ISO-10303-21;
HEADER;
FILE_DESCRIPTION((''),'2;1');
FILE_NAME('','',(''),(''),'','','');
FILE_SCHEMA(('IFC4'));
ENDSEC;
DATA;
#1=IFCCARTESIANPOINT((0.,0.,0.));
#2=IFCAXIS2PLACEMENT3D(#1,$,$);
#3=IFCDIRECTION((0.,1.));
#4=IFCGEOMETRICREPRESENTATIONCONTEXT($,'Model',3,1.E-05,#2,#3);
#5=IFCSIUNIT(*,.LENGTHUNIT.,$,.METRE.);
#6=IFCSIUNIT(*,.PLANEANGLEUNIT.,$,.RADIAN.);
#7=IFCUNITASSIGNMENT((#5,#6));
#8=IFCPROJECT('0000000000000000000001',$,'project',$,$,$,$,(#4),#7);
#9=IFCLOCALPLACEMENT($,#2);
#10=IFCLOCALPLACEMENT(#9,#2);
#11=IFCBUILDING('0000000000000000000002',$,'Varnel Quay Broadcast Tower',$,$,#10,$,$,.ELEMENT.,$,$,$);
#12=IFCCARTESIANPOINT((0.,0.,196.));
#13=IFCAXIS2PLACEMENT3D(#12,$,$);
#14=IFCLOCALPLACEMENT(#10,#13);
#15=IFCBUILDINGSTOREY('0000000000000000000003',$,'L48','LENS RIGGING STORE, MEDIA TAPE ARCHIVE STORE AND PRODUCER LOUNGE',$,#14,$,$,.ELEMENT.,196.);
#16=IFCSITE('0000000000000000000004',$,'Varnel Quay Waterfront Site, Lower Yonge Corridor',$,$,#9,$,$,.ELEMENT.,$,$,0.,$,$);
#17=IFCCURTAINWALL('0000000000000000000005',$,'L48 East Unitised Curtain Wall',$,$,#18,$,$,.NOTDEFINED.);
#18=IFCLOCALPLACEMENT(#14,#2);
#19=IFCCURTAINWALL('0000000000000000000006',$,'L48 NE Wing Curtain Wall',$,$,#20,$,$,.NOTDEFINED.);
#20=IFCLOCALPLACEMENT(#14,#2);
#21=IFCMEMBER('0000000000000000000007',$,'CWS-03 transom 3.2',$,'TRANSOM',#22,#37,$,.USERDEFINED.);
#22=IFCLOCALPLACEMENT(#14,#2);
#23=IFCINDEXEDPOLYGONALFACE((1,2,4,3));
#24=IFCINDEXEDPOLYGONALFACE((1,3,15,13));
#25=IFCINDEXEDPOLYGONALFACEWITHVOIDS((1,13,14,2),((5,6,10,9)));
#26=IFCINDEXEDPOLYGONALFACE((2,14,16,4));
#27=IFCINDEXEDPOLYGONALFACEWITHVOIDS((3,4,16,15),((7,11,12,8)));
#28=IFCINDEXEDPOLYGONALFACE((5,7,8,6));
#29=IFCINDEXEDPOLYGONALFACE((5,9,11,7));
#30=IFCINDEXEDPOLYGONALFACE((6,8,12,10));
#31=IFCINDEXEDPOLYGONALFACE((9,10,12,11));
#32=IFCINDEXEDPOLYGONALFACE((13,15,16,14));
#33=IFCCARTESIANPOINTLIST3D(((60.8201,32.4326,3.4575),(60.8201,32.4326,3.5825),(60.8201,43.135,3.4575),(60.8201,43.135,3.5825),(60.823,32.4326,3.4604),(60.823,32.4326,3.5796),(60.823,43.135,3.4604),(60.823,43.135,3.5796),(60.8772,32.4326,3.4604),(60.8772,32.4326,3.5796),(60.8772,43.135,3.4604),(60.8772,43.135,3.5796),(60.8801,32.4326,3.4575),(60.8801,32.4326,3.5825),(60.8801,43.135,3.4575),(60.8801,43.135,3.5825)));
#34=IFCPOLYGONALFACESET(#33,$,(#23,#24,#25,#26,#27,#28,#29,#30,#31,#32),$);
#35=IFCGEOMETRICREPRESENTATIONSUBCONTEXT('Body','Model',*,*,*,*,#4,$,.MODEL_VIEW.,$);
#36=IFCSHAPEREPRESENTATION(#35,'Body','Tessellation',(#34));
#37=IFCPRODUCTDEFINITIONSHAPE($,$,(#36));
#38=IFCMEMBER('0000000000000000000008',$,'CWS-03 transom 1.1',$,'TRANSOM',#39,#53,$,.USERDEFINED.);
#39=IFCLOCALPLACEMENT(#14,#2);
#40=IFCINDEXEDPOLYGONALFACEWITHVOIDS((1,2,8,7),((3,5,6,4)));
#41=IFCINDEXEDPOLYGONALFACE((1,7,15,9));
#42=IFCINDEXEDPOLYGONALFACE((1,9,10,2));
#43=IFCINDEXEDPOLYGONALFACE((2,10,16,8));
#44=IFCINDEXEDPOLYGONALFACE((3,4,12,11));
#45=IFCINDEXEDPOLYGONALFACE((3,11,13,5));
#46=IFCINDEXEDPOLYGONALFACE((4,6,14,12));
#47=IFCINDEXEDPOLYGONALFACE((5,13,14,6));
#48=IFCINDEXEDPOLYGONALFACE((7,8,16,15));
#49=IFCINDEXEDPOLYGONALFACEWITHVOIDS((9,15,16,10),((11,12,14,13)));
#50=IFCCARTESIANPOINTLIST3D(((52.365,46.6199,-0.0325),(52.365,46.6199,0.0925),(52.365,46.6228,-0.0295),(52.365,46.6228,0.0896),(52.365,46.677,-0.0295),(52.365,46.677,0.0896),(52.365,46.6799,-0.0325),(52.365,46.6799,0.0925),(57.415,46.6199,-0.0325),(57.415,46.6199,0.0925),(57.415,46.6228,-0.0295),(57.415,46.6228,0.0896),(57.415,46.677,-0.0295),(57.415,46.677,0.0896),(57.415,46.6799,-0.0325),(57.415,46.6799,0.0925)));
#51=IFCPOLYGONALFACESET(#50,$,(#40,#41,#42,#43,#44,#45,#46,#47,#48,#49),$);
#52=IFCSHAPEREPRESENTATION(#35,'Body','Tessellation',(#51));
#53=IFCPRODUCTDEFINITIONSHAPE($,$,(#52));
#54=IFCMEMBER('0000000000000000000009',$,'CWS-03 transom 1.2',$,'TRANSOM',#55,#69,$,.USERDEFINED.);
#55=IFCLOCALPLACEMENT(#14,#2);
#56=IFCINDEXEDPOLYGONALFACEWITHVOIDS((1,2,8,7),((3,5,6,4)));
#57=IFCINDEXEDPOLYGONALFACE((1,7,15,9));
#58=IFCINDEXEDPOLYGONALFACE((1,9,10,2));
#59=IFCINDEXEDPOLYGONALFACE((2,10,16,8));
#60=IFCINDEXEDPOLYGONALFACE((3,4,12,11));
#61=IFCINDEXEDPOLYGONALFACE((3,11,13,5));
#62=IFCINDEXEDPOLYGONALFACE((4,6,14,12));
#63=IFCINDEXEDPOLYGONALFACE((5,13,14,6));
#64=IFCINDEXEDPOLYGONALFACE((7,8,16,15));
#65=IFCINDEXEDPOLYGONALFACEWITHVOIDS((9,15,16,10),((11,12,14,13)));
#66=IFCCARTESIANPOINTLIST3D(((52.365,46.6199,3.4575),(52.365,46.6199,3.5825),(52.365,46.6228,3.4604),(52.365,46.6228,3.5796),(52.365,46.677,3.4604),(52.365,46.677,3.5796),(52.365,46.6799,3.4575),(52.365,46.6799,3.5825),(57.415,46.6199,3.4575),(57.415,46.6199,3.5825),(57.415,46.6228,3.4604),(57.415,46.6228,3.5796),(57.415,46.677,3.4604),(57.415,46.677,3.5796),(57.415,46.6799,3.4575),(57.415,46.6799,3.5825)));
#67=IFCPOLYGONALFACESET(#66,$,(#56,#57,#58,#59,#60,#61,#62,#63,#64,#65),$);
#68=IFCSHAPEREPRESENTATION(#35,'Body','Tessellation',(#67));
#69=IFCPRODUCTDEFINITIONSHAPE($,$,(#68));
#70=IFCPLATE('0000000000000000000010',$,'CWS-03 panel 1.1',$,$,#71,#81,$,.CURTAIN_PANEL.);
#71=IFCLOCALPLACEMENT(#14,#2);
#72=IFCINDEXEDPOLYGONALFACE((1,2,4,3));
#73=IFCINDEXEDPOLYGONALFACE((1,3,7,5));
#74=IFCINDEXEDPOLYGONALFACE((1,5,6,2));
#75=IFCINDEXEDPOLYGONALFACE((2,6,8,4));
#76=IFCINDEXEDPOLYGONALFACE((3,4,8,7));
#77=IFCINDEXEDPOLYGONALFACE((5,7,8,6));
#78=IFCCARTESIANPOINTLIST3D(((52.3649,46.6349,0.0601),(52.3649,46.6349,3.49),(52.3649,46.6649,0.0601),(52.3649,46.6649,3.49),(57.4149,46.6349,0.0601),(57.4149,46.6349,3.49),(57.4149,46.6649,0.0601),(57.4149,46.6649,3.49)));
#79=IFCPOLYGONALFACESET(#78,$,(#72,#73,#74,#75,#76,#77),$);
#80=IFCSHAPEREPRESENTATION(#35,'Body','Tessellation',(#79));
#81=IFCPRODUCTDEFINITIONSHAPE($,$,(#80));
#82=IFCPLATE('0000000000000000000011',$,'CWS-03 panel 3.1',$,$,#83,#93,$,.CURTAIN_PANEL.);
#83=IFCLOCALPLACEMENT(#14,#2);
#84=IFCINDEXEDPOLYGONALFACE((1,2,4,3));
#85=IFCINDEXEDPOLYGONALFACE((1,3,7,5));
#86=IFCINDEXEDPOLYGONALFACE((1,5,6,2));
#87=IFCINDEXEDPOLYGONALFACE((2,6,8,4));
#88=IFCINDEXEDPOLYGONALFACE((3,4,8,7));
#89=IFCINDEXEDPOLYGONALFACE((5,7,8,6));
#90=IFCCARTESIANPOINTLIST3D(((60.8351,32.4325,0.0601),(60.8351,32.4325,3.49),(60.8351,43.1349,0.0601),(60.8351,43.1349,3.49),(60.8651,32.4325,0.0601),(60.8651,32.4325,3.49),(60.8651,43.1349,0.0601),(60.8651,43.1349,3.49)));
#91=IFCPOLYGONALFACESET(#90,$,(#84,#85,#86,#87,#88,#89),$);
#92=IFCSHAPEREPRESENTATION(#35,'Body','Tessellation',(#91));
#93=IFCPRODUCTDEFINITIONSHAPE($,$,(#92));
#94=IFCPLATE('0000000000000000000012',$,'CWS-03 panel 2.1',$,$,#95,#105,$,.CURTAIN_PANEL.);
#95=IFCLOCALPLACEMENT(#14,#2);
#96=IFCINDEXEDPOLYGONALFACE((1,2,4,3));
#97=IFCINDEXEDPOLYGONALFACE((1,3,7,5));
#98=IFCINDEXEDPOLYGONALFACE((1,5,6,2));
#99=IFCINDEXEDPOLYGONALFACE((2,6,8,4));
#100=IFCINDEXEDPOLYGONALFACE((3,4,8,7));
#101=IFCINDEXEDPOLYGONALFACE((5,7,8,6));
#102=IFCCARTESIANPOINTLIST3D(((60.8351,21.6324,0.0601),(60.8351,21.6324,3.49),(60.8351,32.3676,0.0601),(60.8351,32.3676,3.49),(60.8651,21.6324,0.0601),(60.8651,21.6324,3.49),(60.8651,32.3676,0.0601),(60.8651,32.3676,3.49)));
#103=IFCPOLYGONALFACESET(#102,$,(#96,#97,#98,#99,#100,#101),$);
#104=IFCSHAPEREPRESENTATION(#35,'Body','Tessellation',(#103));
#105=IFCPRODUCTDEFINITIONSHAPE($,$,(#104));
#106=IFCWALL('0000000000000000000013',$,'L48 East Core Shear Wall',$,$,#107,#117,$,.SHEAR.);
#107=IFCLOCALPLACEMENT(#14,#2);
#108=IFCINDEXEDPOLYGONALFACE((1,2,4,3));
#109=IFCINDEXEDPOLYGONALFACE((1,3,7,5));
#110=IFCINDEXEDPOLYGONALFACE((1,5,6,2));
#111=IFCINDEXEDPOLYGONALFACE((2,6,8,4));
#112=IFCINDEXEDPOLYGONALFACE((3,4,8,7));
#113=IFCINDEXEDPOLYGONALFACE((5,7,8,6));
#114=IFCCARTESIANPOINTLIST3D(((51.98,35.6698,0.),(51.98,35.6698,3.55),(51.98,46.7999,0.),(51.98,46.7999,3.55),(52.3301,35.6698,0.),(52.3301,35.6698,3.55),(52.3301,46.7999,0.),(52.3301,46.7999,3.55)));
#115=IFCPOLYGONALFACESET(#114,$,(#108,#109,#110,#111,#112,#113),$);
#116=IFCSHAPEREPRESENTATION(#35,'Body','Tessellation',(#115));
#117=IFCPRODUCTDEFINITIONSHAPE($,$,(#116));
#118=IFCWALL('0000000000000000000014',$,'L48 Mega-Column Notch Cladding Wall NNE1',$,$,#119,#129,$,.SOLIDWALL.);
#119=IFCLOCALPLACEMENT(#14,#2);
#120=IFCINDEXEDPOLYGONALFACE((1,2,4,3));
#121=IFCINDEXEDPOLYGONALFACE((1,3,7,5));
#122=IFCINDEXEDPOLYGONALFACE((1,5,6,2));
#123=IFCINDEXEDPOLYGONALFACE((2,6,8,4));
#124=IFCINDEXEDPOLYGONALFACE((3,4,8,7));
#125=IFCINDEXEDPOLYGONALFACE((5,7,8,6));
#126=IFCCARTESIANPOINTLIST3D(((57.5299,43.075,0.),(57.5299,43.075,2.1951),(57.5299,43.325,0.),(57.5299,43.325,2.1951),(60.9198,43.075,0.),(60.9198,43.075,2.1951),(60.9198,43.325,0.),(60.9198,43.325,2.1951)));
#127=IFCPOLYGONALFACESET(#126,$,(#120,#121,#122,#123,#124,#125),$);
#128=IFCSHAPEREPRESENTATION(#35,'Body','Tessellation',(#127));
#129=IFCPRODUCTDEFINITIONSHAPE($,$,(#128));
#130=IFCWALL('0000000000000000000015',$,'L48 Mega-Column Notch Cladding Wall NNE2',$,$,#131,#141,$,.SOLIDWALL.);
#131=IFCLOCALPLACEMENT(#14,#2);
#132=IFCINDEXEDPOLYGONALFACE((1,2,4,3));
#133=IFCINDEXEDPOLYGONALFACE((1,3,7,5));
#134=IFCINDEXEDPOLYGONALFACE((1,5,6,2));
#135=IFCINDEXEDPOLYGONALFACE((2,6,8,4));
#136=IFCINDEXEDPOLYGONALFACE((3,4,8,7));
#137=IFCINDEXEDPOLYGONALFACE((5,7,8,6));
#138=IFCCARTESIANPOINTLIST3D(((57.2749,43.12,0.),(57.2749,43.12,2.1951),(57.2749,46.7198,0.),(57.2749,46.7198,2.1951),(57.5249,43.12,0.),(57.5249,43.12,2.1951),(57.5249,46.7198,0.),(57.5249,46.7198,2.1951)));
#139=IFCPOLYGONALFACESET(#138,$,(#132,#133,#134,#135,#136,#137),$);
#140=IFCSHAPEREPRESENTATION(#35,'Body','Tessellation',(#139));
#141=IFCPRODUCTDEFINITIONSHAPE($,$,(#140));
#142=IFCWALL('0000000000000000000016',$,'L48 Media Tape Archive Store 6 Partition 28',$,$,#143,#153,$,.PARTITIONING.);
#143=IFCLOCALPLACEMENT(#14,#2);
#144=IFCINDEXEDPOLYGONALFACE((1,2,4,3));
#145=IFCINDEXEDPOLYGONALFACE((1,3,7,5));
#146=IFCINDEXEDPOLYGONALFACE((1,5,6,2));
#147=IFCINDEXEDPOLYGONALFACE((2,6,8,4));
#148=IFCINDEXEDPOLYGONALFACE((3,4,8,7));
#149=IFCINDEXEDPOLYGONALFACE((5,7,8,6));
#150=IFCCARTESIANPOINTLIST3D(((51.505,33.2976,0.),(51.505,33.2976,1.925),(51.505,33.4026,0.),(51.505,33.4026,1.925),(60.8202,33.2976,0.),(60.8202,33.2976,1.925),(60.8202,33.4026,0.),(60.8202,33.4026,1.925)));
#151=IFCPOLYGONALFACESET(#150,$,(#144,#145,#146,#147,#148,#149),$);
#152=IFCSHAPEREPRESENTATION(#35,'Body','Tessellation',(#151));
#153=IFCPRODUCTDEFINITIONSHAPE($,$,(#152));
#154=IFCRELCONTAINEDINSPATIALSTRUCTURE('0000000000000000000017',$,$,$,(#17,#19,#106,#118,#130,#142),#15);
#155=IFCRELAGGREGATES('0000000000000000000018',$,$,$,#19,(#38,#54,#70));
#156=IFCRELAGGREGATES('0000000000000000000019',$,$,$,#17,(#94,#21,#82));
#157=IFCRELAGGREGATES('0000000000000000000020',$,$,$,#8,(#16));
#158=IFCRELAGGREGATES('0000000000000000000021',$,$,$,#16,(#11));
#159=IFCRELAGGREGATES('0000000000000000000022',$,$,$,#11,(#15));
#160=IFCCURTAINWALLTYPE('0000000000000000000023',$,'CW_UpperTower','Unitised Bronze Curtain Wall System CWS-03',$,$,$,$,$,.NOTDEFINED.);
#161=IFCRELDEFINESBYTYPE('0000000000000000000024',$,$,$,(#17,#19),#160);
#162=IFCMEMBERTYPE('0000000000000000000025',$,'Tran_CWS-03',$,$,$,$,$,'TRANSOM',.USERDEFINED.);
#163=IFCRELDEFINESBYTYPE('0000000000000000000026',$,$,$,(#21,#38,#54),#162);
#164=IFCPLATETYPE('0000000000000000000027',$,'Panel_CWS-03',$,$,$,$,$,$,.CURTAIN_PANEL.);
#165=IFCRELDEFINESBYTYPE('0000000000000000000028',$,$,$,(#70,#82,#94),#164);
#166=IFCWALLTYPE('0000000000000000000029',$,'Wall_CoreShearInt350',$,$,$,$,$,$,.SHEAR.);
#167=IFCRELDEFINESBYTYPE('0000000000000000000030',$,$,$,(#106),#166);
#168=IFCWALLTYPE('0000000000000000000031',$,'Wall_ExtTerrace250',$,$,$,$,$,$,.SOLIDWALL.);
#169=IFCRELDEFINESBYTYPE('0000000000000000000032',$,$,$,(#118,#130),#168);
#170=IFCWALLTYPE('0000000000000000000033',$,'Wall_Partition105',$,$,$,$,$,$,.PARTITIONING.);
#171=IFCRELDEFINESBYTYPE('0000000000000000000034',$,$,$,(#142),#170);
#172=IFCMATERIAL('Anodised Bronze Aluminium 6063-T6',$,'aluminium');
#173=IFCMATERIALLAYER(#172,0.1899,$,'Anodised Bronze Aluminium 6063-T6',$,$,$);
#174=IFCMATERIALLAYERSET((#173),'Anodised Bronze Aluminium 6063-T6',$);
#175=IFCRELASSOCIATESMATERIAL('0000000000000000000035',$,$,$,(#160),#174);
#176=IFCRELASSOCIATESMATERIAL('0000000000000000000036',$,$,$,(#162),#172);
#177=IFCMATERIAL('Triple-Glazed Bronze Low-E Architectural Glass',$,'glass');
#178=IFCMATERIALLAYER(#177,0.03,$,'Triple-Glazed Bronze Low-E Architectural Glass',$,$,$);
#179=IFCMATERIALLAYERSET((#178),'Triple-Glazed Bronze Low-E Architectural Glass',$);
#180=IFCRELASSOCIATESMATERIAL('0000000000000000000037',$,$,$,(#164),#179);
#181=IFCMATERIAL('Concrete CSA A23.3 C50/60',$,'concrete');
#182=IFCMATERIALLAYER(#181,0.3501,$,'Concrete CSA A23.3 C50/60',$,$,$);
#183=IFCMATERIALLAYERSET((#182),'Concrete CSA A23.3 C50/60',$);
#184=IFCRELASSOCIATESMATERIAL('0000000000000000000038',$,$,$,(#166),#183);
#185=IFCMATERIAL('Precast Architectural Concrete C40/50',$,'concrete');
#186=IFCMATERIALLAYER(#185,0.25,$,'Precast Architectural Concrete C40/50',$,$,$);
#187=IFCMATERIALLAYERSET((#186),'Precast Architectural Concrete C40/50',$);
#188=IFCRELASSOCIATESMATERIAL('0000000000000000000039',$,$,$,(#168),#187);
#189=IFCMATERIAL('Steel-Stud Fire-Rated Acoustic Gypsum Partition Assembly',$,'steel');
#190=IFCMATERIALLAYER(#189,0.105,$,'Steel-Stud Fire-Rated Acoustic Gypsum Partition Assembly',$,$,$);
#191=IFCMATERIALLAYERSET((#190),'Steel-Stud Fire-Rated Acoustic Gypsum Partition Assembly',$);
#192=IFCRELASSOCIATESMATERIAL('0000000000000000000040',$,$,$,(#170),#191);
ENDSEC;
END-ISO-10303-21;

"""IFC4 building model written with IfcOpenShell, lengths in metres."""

from ifc_helpers import new_model, si_unit, direction, frame, frame_2d, origin, origin_2d, place, context, subcontext, project, spatial, rectangle, hollow_rectangle, extrude, source, transform, mapped, material, layer, layer_set, material_profile, profile_set, type_object, type_shapes, element, aggregate, save


model = new_model("IFC4")

# Units and contexts
model_context = context("Model", 3, precision=1e-05, world=origin(), true_north=direction((0.0, 1.0)))
body_context = subcontext(model_context, "Body", "Model", "MODEL_VIEW")
ifc_project = project(units=[si_unit("LENGTHUNIT", "METRE"), si_unit("PLANEANGLEUNIT", "RADIAN")], contexts=[model_context])

# Site, building, storey
site_placement = place(None, origin())
site = spatial("IfcSite", under=ifc_project, at=site_placement, Name="Varnel Quay Waterfront Site, Lower Yonge Corridor", CompositionType="ELEMENT", RefElevation=0.0)
building_placement = place(site_placement, origin())
building = spatial("IfcBuilding", under=site, at=building_placement, Name="Varnel Quay Broadcast Tower", CompositionType="ELEMENT")
storey_placement = place(building_placement, frame((0.0, 0.0, 196.0)))
storey = spatial("IfcBuildingStorey", under=building, at=storey_placement, Name="L48", Description="LENS RIGGING STORE, MEDIA TAPE ARCHIVE STORE AND PRODUCER LOUNGE", CompositionType="ELEMENT", Elevation=196.0)

# Curtain walls
ifc_material_1 = material(Name="Anodised Bronze Aluminium 6063-T6", Category="aluminium")
ifc_layer_1 = layer(ifc_material_1, 0.1899, Name="Anodised Bronze Aluminium 6063-T6")
ifc_layer_set_1 = layer_set([ifc_layer_1], Name="Anodised Bronze Aluminium 6063-T6")
curtain_wall_type = type_object("IfcCurtainWallType", Name="CW_UpperTower", Description="Unitised Bronze Curtain Wall System CWS-03", PredefinedType="NOTDEFINED", material=ifc_layer_set_1)
curtain_wall_1_placement = place(storey_placement, origin())
curtain_wall_1 = element("IfcCurtainWall", 1, at=curtain_wall_1_placement, inside=storey, type_object=curtain_wall_type, Name="L48 East Unitised Curtain Wall", PredefinedType="NOTDEFINED")
curtain_wall_2_placement = place(storey_placement, origin())
curtain_wall_2 = element("IfcCurtainWall", 2, at=curtain_wall_2_placement, inside=storey, type_object=curtain_wall_type, Name="L48 NE Wing Curtain Wall", PredefinedType="NOTDEFINED")

# Members
ifc_material_profile_1 = material_profile(ifc_material_1, hollow_rectangle(XDim=0.0601, YDim=0.125, WallThickness=0.0029, at=origin_2d()), Name="ALU60X125X3")
ifc_profile_set_1 = profile_set([ifc_material_profile_1], Name="Anodised Bronze Aluminium 6063-T6")
member_type_1 = type_object("IfcMemberType", Name="Tran_CWS-03", ElementType="TRANSOM", PredefinedType="USERDEFINED", material=ifc_profile_set_1)
shared_shape_1 = source(origin(), body_context, "Body", "SweptSolid", [
    extrude(hollow_rectangle(XDim=0.0601, YDim=0.125, WallThickness=0.0029, at=origin_2d()), origin(), (0.0, 0.0, 1.0), 10.7024),
])
member_1_placement = place(storey_placement, frame((60.8501, 32.4326, 3.52), z_axis=(0.0, 1.0, 0.0), x_axis=(-1.0, 0.0, 0.0)))
member_1 = element("IfcMember", 3, at=member_1_placement, type_object=member_type_1, Name="CWS-03 transom 3.2", ObjectType="TRANSOM", PredefinedType="USERDEFINED", context=body_context, shape_type="MappedRepresentation", body=[
    mapped(shared_shape_1, transform((0.0, 0.0, 0.0), x_axis=(1.0, 0.0, 0.0), y_axis=(0.0, 1.0, 0.0), z_axis=(0.0, 0.0, 1.0), scale=1.0)),
])
shared_shape_2 = source(origin(), body_context, "Body", "SweptSolid", [
    extrude(hollow_rectangle(XDim=0.0601, YDim=0.125, WallThickness=0.0029, at=origin_2d()), origin(), (0.0, 0.0, 1.0), 5.05),
])
type_shapes(member_type_1, [shared_shape_1, shared_shape_2])
member_2_placement = place(storey_placement, frame((52.365, 46.6499, 0.03), z_axis=(1.0, 0.0, 0.0), x_axis=(0.0, 1.0, 0.0)))
member_2 = element("IfcMember", 4, at=member_2_placement, type_object=member_type_1, Name="CWS-03 transom 1.1", ObjectType="TRANSOM", PredefinedType="USERDEFINED", context=body_context, shape_type="MappedRepresentation", body=[
    mapped(shared_shape_2, transform((0.0, 0.0, 0.0), x_axis=(1.0, 0.0, 0.0), y_axis=(0.0, 1.0, 0.0), z_axis=(0.0, 0.0, 1.0), scale=1.0)),
])
member_3_placement = place(storey_placement, frame((52.365, 46.6499, 3.52), z_axis=(1.0, 0.0, 0.0), x_axis=(0.0, 1.0, 0.0)))
member_3 = element("IfcMember", 5, at=member_3_placement, type_object=member_type_1, Name="CWS-03 transom 1.2", ObjectType="TRANSOM", PredefinedType="USERDEFINED", context=body_context, shape_type="MappedRepresentation", body=[
    mapped(shared_shape_2, transform((0.0, 0.0, 0.0), x_axis=(1.0, 0.0, 0.0), y_axis=(0.0, 1.0, 0.0), z_axis=(0.0, 0.0, 1.0), scale=1.0)),
])

# Plates
ifc_material_2 = material(Name="Triple-Glazed Bronze Low-E Architectural Glass", Category="glass")
ifc_layer_2 = layer(ifc_material_2, 0.03, Name="Triple-Glazed Bronze Low-E Architectural Glass")
ifc_layer_set_2 = layer_set([ifc_layer_2], Name="Triple-Glazed Bronze Low-E Architectural Glass")
plate_type = type_object("IfcPlateType", Name="Panel_CWS-03", PredefinedType="CURTAIN_PANEL", material=ifc_layer_set_2)
shared_shape_3 = source(origin(), body_context, "Body", "SweptSolid", [
    extrude(rectangle(XDim=5.05, YDim=0.03, at=origin_2d()), origin(), (0.0, 0.0, 1.0), 3.4299),
])
plate_1_placement = place(storey_placement, frame((54.8899, 46.6499, 0.0601), z_axis=(0.0, 0.0, 1.0), x_axis=(1.0, 0.0, 0.0)))
plate_1 = element("IfcPlate", 6, at=plate_1_placement, type_object=plate_type, Name="CWS-03 panel 1.1", PredefinedType="CURTAIN_PANEL", context=body_context, shape_type="MappedRepresentation", body=[
    mapped(shared_shape_3, transform((0.0, 0.0, 0.0), x_axis=(1.0, 0.0, 0.0), y_axis=(0.0, 1.0, 0.0), z_axis=(0.0, 0.0, 1.0), scale=1.0)),
])
aggregate(curtain_wall_2, [member_2, member_3, plate_1])
shared_shape_4 = source(origin(), body_context, "Body", "SweptSolid", [
    extrude(rectangle(XDim=10.7024, YDim=0.03, at=origin_2d()), origin(), (0.0, 0.0, 1.0), 3.4299),
])
plate_2_placement = place(storey_placement, frame((60.8501, 37.7837, 0.0601), z_axis=(0.0, 0.0, 1.0), x_axis=(0.0, 1.0, 0.0)))
plate_2 = element("IfcPlate", 7, at=plate_2_placement, type_object=plate_type, Name="CWS-03 panel 3.1", PredefinedType="CURTAIN_PANEL", context=body_context, shape_type="MappedRepresentation", body=[
    mapped(shared_shape_4, transform((0.0, 0.0, 0.0), x_axis=(1.0, 0.0, 0.0), y_axis=(0.0, 1.0, 0.0), z_axis=(0.0, 0.0, 1.0), scale=1.0)),
])
shared_shape_5 = source(origin(), body_context, "Body", "SweptSolid", [
    extrude(rectangle(XDim=10.7351, YDim=0.03, at=origin_2d()), origin(), (0.0, 0.0, 1.0), 3.4299),
])
type_shapes(plate_type, [shared_shape_3, shared_shape_4, shared_shape_5])
plate_3_placement = place(storey_placement, frame((60.8501, 27.0, 0.0601), z_axis=(0.0, 0.0, 1.0), x_axis=(0.0, 1.0, 0.0)))
plate_3 = element("IfcPlate", 8, at=plate_3_placement, type_object=plate_type, Name="CWS-03 panel 2.1", PredefinedType="CURTAIN_PANEL", context=body_context, shape_type="MappedRepresentation", body=[
    mapped(shared_shape_5, transform((0.0, 0.0, 0.0), x_axis=(1.0, 0.0, 0.0), y_axis=(0.0, 1.0, 0.0), z_axis=(0.0, 0.0, 1.0), scale=1.0)),
])
aggregate(curtain_wall_1, [plate_3, member_1, plate_2])

# Walls
ifc_material_3 = material(Name="Concrete CSA A23.3 C50/60", Category="concrete")
ifc_layer_3 = layer(ifc_material_3, 0.3501, Name="Concrete CSA A23.3 C50/60")
ifc_layer_set_3 = layer_set([ifc_layer_3], Name="Concrete CSA A23.3 C50/60")
wall_type_1 = type_object("IfcWallType", Name="Wall_CoreShearInt350", PredefinedType="SHEAR", material=ifc_layer_set_3)
wall_1_placement = place(storey_placement, frame((52.155, 35.6699, 0.0), z_axis=(0.0, 0.0, 1.0), x_axis=(0.0, 1.0, 0.0)))
element("IfcWall", 9, at=wall_1_placement, inside=storey, type_object=wall_type_1, Name="L48 East Core Shear Wall", PredefinedType="SHEAR", context=body_context, shape_type="SweptSolid", body=[
    extrude(rectangle(XDim=11.1301, YDim=0.3501, at=frame_2d((5.5649, 0.0))), origin(), (0.0, 0.0, 1.0), 3.55),
])
ifc_material_4 = material(Name="Precast Architectural Concrete C40/50", Category="concrete")
ifc_layer_4 = layer(ifc_material_4, 0.25, Name="Precast Architectural Concrete C40/50")
ifc_layer_set_4 = layer_set([ifc_layer_4], Name="Precast Architectural Concrete C40/50")
wall_type_2 = type_object("IfcWallType", Name="Wall_ExtTerrace250", PredefinedType="SOLIDWALL", material=ifc_layer_set_4)
wall_2_placement = place(storey_placement, frame((57.53, 43.2, 0.0), z_axis=(0.0, 0.0, 1.0), x_axis=(1.0, 0.0, 0.0)))
element("IfcWall", 10, at=wall_2_placement, inside=storey, type_object=wall_type_2, Name="L48 Mega-Column Notch Cladding Wall NNE1", PredefinedType="SOLIDWALL", context=body_context, shape_type="SweptSolid", body=[
    extrude(rectangle(XDim=3.3899, YDim=0.25, at=frame_2d((1.6948, 0.0))), origin(), (0.0, 0.0, 1.0), 2.1951),
])
wall_3_placement = place(storey_placement, frame((57.3999, 43.1201, 0.0), z_axis=(0.0, 0.0, 1.0), x_axis=(0.0, 1.0, 0.0)))
element("IfcWall", 11, at=wall_3_placement, inside=storey, type_object=wall_type_2, Name="L48 Mega-Column Notch Cladding Wall NNE2", PredefinedType="SOLIDWALL", context=body_context, shape_type="SweptSolid", body=[
    extrude(rectangle(XDim=3.5999, YDim=0.25, at=frame_2d((1.7998, 0.0))), origin(), (0.0, 0.0, 1.0), 2.1951),
])
ifc_material_5 = material(Name="Steel-Stud Fire-Rated Acoustic Gypsum Partition Assembly", Category="steel")
ifc_layer_5 = layer(ifc_material_5, 0.105, Name="Steel-Stud Fire-Rated Acoustic Gypsum Partition Assembly")
ifc_layer_set_5 = layer_set([ifc_layer_5], Name="Steel-Stud Fire-Rated Acoustic Gypsum Partition Assembly")
wall_type_3 = type_object("IfcWallType", Name="Wall_Partition105", PredefinedType="PARTITIONING", material=ifc_layer_set_5)
wall_4_placement = place(storey_placement, frame((51.5049, 33.3501, 0.0), z_axis=(0.0, 0.0, 1.0), x_axis=(1.0, 0.0, 0.0)))
element("IfcWall", 12, at=wall_4_placement, inside=storey, type_object=wall_type_3, Name="L48 Media Tape Archive Store 6 Partition 28", PredefinedType="PARTITIONING", context=body_context, shape_type="SweptSolid", body=[
    extrude(rectangle(XDim=9.3152, YDim=0.105, at=frame_2d((4.6577, 0.0))), origin(), (0.0, 0.0, 1.0), 1.925),
])

save(model, "model.ifc")
